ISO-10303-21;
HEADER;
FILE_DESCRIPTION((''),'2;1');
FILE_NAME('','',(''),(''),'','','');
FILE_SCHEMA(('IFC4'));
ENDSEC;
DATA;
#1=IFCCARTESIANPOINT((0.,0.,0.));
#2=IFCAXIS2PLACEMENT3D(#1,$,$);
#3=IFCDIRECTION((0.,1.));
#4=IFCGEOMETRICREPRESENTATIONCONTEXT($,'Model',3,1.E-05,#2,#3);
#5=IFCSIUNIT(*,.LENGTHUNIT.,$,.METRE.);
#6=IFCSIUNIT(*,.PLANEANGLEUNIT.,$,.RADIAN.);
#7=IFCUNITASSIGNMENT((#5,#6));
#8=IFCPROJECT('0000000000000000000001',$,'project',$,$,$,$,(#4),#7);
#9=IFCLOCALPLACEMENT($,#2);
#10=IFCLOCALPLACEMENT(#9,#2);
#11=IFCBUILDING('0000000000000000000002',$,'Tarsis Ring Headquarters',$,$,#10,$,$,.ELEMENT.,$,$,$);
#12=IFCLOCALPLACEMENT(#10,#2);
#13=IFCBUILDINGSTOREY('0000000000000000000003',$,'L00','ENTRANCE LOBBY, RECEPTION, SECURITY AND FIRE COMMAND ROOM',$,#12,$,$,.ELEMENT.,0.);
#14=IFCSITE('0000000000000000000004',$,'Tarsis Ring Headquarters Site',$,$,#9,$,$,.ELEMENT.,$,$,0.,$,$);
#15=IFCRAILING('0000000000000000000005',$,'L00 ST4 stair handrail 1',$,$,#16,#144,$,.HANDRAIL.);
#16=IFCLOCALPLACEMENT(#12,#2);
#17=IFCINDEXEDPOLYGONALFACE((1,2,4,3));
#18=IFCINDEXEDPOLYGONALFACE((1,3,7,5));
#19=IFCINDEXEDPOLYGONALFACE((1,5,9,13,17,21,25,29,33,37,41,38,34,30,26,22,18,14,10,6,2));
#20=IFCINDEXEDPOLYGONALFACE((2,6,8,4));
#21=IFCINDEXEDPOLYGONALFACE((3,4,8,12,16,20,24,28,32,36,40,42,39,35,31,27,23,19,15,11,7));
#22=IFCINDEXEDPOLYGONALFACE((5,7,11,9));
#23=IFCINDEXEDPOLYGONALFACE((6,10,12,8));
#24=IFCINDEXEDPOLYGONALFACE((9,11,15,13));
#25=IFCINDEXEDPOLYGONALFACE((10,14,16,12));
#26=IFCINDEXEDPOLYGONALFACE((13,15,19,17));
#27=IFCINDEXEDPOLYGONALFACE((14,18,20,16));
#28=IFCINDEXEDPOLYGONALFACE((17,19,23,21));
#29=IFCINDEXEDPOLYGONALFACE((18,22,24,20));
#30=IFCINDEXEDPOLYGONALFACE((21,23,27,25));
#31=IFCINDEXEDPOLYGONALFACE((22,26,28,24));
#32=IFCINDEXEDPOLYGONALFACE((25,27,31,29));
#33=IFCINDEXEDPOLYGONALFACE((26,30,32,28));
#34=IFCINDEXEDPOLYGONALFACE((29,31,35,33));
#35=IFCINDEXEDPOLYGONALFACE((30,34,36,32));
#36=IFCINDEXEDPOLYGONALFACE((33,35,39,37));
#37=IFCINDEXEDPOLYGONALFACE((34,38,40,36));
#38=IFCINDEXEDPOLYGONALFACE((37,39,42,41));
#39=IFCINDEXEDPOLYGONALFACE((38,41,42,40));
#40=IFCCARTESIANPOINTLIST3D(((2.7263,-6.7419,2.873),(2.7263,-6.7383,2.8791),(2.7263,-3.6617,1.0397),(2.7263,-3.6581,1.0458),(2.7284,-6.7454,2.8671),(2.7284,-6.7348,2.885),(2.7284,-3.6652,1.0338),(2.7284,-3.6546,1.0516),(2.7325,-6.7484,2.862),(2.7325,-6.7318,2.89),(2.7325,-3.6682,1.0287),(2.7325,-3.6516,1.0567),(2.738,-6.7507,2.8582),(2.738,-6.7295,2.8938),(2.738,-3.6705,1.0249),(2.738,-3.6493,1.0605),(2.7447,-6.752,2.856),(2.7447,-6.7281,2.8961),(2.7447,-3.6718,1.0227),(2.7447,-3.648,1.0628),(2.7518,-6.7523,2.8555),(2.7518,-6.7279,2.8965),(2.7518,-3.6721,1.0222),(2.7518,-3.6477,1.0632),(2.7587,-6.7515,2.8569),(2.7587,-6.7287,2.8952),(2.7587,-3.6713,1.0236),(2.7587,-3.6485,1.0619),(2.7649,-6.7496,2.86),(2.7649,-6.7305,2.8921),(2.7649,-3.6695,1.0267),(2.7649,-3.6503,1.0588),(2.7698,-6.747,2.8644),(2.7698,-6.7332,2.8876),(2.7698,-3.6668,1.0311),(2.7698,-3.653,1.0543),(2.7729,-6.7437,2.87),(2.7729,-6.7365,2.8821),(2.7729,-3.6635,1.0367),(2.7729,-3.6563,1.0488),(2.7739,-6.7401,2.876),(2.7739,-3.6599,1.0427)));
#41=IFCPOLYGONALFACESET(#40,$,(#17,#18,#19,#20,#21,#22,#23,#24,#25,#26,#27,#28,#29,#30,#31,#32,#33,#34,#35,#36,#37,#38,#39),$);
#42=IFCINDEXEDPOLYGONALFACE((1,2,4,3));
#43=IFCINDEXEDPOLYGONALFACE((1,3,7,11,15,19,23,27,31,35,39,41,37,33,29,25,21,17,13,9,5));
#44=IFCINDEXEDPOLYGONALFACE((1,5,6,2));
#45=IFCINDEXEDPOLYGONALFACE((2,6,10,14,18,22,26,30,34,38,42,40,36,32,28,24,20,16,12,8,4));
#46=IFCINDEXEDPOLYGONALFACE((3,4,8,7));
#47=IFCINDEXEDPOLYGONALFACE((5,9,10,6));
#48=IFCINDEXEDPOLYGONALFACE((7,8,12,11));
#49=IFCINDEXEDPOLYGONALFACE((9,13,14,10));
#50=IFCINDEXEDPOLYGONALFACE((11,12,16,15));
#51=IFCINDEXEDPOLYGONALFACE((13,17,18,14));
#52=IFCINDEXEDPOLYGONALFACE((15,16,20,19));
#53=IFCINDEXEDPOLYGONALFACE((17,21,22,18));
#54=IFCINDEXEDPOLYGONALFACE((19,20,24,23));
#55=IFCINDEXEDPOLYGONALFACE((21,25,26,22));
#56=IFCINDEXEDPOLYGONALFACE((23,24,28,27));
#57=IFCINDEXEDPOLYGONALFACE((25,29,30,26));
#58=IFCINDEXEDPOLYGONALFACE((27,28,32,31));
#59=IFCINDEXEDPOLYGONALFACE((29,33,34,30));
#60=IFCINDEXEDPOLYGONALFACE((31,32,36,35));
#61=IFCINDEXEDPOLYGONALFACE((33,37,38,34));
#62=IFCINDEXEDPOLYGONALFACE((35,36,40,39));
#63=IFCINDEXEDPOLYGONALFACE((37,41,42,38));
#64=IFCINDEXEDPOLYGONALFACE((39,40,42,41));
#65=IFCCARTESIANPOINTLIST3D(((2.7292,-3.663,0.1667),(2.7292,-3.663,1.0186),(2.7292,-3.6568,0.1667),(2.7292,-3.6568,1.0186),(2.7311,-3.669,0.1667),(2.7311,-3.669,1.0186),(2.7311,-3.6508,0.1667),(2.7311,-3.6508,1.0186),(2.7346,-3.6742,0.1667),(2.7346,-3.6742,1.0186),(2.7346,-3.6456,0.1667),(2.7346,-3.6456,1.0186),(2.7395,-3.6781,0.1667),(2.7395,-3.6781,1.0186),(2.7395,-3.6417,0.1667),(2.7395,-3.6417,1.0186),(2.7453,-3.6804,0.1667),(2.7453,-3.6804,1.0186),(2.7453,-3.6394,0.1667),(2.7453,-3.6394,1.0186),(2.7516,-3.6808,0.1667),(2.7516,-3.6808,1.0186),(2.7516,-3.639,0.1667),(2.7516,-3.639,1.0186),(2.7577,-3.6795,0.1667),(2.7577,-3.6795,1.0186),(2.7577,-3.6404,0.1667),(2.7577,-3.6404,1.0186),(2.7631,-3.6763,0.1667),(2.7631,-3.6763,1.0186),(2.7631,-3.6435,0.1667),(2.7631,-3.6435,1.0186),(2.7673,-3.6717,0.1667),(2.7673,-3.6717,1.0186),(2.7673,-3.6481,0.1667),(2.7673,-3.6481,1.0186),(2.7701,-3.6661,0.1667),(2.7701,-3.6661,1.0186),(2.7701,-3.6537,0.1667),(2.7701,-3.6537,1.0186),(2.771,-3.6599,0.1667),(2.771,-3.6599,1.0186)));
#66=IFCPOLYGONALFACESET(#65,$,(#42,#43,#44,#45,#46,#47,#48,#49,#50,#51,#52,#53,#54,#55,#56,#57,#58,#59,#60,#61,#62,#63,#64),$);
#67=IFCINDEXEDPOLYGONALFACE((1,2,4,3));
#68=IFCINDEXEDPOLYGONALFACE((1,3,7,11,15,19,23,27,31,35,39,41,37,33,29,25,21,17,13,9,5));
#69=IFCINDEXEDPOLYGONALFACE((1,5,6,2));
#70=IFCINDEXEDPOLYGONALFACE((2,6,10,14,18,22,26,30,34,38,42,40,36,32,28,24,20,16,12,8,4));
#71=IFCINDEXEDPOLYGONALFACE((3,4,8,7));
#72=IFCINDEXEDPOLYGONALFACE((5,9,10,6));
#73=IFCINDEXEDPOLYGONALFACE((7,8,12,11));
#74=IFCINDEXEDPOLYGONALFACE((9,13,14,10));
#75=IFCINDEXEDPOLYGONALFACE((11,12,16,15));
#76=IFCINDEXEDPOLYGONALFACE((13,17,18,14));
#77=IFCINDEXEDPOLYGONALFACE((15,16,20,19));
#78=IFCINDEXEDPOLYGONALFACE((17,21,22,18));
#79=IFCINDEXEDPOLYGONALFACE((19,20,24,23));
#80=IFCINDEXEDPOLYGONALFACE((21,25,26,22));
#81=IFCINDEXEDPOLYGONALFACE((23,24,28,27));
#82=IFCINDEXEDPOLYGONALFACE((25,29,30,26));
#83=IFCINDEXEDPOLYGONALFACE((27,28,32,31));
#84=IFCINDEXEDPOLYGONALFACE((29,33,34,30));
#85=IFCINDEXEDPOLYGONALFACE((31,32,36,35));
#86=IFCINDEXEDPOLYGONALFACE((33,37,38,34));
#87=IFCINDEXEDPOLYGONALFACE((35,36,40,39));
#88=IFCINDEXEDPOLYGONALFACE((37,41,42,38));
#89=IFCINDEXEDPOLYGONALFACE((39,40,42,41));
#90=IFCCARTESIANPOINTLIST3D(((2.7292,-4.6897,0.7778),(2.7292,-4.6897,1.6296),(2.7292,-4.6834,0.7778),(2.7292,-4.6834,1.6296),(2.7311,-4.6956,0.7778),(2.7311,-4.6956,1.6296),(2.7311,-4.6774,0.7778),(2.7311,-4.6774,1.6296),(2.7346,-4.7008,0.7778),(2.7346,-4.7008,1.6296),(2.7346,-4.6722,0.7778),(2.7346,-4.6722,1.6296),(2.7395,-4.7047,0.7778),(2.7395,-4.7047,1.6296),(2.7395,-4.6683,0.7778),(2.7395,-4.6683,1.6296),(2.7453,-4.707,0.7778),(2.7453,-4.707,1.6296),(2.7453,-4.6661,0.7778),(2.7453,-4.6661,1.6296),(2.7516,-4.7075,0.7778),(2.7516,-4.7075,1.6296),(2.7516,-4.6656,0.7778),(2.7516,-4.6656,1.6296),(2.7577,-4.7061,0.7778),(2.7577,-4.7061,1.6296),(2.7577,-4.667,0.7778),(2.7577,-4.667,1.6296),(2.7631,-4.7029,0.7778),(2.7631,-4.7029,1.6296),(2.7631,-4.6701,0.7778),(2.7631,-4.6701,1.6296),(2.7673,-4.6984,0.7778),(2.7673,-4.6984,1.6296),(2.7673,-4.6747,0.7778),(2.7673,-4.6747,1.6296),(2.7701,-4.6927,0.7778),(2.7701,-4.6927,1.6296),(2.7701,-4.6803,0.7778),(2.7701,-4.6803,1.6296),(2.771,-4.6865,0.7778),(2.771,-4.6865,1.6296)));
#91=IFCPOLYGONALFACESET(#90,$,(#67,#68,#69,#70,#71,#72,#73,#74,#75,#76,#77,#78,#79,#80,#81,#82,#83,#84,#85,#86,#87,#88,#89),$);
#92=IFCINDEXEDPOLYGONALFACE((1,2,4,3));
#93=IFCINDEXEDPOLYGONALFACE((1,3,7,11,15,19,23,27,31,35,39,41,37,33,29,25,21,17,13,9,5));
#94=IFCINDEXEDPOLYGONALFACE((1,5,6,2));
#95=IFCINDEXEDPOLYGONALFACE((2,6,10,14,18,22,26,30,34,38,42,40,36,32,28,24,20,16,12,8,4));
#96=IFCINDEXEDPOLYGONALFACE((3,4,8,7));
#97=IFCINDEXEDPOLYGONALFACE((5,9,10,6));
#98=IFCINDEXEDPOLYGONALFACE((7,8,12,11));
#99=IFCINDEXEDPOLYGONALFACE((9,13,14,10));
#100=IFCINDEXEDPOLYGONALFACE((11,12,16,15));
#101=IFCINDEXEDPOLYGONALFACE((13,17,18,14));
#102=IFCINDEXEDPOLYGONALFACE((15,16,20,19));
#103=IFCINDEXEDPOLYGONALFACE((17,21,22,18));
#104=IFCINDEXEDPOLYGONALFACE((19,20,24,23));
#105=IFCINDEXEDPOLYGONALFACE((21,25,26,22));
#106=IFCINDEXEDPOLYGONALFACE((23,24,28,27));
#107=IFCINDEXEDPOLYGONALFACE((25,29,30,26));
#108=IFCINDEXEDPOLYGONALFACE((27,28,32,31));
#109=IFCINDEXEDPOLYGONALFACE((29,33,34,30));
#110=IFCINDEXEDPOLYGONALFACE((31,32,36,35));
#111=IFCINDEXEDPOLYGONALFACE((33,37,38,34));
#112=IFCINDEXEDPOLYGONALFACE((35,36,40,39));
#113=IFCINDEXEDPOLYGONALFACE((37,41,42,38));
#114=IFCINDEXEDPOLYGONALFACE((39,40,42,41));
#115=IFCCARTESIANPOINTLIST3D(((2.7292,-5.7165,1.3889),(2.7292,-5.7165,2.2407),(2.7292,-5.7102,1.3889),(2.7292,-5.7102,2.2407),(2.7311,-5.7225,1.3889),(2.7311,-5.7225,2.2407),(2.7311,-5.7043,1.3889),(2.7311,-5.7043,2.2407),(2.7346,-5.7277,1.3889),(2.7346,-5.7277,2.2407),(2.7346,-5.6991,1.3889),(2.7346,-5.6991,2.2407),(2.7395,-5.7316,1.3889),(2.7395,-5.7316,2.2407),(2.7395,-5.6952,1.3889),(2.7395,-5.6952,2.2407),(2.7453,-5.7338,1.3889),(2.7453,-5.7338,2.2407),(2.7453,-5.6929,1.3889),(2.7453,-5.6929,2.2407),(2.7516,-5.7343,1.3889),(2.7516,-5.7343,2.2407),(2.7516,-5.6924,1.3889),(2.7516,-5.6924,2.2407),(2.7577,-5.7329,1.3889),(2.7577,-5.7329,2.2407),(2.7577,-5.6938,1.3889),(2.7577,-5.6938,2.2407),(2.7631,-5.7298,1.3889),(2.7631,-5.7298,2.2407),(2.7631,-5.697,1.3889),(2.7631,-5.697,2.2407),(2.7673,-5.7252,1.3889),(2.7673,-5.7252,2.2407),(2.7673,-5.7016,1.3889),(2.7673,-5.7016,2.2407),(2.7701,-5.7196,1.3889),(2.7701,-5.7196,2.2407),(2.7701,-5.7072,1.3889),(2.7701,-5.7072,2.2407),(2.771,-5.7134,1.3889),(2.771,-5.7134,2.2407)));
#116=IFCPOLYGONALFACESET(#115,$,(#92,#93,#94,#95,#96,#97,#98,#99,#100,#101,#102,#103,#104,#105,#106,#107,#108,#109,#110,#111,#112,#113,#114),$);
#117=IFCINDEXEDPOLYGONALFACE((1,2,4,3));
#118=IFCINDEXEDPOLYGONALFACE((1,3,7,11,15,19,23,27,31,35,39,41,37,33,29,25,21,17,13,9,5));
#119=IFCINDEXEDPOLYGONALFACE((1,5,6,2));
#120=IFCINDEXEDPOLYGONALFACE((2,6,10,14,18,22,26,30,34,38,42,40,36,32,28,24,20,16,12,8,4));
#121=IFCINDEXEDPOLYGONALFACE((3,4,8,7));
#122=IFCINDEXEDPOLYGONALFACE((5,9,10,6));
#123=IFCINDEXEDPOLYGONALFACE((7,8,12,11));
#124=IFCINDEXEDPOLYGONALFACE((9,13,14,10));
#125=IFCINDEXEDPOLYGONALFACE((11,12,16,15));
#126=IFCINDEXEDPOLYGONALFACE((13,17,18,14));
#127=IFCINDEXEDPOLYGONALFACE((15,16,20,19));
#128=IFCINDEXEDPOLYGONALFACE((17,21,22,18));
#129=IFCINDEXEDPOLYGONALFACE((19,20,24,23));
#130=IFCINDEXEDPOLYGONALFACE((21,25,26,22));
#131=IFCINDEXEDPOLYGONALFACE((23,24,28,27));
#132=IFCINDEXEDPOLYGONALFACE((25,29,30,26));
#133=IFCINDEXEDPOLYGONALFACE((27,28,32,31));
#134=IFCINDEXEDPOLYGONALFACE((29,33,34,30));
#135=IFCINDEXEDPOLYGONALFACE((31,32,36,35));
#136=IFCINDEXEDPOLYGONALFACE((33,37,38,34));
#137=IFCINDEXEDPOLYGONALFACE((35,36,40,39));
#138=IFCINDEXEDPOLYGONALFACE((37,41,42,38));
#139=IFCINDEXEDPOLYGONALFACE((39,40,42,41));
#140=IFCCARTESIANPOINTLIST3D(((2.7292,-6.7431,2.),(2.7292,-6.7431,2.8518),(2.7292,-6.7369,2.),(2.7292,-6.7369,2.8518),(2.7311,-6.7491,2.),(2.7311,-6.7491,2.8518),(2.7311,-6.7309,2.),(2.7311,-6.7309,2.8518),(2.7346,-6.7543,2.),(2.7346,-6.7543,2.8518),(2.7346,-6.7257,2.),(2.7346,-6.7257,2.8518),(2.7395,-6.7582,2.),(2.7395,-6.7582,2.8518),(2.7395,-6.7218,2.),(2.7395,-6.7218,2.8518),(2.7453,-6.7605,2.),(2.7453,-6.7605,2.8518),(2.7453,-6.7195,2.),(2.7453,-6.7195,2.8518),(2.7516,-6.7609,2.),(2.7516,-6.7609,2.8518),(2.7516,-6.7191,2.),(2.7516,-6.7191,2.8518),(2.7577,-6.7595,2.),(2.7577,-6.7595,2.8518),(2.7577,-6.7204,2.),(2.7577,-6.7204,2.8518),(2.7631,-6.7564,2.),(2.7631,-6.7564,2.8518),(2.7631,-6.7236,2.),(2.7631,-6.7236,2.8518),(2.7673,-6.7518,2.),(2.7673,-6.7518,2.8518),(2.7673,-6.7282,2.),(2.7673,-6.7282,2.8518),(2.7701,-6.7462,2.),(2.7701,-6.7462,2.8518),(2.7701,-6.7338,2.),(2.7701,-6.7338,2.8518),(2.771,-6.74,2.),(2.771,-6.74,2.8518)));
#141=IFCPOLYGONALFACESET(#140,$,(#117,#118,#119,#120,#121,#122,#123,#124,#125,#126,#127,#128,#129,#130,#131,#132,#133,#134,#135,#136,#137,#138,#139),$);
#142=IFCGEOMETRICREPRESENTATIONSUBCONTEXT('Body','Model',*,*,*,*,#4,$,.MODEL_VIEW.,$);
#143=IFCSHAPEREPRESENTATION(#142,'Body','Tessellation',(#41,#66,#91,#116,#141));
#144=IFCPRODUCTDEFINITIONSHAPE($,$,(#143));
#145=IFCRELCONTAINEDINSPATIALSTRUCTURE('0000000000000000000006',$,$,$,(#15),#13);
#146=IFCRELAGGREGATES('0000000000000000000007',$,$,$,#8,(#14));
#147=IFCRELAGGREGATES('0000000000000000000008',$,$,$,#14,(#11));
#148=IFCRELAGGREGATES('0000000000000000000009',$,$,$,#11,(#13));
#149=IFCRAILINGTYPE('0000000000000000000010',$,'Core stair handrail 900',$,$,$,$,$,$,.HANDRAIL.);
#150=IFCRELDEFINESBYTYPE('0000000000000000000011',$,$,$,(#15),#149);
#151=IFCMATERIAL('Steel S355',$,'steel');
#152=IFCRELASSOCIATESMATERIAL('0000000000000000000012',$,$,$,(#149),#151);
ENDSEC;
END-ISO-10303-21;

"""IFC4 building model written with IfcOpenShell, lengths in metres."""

from ifc_helpers import new_model, si_unit, direction, frame, origin, origin_2d, place, context, subcontext, project, spatial, circle, extrude, material, type_object, element, save


model = new_model("IFC4")

# Units and contexts
model_context = context("Model", 3, precision=1e-05, world=origin(), true_north=direction((0.0, 1.0)))
body_context = subcontext(model_context, "Body", "Model", "MODEL_VIEW")
ifc_project = project(units=[si_unit("LENGTHUNIT", "METRE"), si_unit("PLANEANGLEUNIT", "RADIAN")], contexts=[model_context])

# Site, building, storey
site_placement = place(None, origin())
site = spatial("IfcSite", under=ifc_project, at=site_placement, Name="Tarsis Ring Headquarters Site", CompositionType="ELEMENT", RefElevation=0.0)
building_placement = place(site_placement, origin())
building = spatial("IfcBuilding", under=site, at=building_placement, Name="Tarsis Ring Headquarters", CompositionType="ELEMENT")
storey_placement = place(building_placement, origin())
storey = spatial("IfcBuildingStorey", under=building, at=storey_placement, Name="L00", Description="ENTRANCE LOBBY, RECEPTION, SECURITY AND FIRE COMMAND ROOM", CompositionType="ELEMENT", Elevation=0.0)

# Railing
ifc_material_1 = material(Name="Steel S355", Category="steel")
railing_type = type_object("IfcRailingType", Name="Core stair handrail 900", PredefinedType="HANDRAIL", material=ifc_material_1)
for number, where, name in (
    (1, (2.75, -3.6599, 0.1667), "L00 ST4 stair handrail 1"),
):
    element("IfcRailing", number, at=place(storey_placement, frame(where)), inside=storey, type_object=railing_type, Name=name, PredefinedType="HANDRAIL", context=body_context, shape_type="SweptSolid", body=[
        extrude(circle(Radius=0.0239, at=origin_2d()), frame((0.0, 0.0, 0.876), z_axis=(0.0, -0.859309, 0.511458), x_axis=(1.0, 0.0, 0.0)), (0.0, 0.0, 1.0), 3.5845),
        extrude(circle(Radius=0.021, at=origin_2d()), origin(), (0.0, 0.0, 1.0), 0.8518),
        extrude(circle(Radius=0.021, at=origin_2d()), frame((0.0, -1.0266, 0.6111)), (0.0, 0.0, 1.0), 0.8518),
        extrude(circle(Radius=0.021, at=origin_2d()), frame((0.0, -2.0535, 1.2222)), (0.0, 0.0, 1.0), 0.8518),
        extrude(circle(Radius=0.021, at=origin_2d()), frame((0.0, -3.0801, 1.8333)), (0.0, 0.0, 1.0), 0.8518),
    ])

save(model, "model.ifc")
